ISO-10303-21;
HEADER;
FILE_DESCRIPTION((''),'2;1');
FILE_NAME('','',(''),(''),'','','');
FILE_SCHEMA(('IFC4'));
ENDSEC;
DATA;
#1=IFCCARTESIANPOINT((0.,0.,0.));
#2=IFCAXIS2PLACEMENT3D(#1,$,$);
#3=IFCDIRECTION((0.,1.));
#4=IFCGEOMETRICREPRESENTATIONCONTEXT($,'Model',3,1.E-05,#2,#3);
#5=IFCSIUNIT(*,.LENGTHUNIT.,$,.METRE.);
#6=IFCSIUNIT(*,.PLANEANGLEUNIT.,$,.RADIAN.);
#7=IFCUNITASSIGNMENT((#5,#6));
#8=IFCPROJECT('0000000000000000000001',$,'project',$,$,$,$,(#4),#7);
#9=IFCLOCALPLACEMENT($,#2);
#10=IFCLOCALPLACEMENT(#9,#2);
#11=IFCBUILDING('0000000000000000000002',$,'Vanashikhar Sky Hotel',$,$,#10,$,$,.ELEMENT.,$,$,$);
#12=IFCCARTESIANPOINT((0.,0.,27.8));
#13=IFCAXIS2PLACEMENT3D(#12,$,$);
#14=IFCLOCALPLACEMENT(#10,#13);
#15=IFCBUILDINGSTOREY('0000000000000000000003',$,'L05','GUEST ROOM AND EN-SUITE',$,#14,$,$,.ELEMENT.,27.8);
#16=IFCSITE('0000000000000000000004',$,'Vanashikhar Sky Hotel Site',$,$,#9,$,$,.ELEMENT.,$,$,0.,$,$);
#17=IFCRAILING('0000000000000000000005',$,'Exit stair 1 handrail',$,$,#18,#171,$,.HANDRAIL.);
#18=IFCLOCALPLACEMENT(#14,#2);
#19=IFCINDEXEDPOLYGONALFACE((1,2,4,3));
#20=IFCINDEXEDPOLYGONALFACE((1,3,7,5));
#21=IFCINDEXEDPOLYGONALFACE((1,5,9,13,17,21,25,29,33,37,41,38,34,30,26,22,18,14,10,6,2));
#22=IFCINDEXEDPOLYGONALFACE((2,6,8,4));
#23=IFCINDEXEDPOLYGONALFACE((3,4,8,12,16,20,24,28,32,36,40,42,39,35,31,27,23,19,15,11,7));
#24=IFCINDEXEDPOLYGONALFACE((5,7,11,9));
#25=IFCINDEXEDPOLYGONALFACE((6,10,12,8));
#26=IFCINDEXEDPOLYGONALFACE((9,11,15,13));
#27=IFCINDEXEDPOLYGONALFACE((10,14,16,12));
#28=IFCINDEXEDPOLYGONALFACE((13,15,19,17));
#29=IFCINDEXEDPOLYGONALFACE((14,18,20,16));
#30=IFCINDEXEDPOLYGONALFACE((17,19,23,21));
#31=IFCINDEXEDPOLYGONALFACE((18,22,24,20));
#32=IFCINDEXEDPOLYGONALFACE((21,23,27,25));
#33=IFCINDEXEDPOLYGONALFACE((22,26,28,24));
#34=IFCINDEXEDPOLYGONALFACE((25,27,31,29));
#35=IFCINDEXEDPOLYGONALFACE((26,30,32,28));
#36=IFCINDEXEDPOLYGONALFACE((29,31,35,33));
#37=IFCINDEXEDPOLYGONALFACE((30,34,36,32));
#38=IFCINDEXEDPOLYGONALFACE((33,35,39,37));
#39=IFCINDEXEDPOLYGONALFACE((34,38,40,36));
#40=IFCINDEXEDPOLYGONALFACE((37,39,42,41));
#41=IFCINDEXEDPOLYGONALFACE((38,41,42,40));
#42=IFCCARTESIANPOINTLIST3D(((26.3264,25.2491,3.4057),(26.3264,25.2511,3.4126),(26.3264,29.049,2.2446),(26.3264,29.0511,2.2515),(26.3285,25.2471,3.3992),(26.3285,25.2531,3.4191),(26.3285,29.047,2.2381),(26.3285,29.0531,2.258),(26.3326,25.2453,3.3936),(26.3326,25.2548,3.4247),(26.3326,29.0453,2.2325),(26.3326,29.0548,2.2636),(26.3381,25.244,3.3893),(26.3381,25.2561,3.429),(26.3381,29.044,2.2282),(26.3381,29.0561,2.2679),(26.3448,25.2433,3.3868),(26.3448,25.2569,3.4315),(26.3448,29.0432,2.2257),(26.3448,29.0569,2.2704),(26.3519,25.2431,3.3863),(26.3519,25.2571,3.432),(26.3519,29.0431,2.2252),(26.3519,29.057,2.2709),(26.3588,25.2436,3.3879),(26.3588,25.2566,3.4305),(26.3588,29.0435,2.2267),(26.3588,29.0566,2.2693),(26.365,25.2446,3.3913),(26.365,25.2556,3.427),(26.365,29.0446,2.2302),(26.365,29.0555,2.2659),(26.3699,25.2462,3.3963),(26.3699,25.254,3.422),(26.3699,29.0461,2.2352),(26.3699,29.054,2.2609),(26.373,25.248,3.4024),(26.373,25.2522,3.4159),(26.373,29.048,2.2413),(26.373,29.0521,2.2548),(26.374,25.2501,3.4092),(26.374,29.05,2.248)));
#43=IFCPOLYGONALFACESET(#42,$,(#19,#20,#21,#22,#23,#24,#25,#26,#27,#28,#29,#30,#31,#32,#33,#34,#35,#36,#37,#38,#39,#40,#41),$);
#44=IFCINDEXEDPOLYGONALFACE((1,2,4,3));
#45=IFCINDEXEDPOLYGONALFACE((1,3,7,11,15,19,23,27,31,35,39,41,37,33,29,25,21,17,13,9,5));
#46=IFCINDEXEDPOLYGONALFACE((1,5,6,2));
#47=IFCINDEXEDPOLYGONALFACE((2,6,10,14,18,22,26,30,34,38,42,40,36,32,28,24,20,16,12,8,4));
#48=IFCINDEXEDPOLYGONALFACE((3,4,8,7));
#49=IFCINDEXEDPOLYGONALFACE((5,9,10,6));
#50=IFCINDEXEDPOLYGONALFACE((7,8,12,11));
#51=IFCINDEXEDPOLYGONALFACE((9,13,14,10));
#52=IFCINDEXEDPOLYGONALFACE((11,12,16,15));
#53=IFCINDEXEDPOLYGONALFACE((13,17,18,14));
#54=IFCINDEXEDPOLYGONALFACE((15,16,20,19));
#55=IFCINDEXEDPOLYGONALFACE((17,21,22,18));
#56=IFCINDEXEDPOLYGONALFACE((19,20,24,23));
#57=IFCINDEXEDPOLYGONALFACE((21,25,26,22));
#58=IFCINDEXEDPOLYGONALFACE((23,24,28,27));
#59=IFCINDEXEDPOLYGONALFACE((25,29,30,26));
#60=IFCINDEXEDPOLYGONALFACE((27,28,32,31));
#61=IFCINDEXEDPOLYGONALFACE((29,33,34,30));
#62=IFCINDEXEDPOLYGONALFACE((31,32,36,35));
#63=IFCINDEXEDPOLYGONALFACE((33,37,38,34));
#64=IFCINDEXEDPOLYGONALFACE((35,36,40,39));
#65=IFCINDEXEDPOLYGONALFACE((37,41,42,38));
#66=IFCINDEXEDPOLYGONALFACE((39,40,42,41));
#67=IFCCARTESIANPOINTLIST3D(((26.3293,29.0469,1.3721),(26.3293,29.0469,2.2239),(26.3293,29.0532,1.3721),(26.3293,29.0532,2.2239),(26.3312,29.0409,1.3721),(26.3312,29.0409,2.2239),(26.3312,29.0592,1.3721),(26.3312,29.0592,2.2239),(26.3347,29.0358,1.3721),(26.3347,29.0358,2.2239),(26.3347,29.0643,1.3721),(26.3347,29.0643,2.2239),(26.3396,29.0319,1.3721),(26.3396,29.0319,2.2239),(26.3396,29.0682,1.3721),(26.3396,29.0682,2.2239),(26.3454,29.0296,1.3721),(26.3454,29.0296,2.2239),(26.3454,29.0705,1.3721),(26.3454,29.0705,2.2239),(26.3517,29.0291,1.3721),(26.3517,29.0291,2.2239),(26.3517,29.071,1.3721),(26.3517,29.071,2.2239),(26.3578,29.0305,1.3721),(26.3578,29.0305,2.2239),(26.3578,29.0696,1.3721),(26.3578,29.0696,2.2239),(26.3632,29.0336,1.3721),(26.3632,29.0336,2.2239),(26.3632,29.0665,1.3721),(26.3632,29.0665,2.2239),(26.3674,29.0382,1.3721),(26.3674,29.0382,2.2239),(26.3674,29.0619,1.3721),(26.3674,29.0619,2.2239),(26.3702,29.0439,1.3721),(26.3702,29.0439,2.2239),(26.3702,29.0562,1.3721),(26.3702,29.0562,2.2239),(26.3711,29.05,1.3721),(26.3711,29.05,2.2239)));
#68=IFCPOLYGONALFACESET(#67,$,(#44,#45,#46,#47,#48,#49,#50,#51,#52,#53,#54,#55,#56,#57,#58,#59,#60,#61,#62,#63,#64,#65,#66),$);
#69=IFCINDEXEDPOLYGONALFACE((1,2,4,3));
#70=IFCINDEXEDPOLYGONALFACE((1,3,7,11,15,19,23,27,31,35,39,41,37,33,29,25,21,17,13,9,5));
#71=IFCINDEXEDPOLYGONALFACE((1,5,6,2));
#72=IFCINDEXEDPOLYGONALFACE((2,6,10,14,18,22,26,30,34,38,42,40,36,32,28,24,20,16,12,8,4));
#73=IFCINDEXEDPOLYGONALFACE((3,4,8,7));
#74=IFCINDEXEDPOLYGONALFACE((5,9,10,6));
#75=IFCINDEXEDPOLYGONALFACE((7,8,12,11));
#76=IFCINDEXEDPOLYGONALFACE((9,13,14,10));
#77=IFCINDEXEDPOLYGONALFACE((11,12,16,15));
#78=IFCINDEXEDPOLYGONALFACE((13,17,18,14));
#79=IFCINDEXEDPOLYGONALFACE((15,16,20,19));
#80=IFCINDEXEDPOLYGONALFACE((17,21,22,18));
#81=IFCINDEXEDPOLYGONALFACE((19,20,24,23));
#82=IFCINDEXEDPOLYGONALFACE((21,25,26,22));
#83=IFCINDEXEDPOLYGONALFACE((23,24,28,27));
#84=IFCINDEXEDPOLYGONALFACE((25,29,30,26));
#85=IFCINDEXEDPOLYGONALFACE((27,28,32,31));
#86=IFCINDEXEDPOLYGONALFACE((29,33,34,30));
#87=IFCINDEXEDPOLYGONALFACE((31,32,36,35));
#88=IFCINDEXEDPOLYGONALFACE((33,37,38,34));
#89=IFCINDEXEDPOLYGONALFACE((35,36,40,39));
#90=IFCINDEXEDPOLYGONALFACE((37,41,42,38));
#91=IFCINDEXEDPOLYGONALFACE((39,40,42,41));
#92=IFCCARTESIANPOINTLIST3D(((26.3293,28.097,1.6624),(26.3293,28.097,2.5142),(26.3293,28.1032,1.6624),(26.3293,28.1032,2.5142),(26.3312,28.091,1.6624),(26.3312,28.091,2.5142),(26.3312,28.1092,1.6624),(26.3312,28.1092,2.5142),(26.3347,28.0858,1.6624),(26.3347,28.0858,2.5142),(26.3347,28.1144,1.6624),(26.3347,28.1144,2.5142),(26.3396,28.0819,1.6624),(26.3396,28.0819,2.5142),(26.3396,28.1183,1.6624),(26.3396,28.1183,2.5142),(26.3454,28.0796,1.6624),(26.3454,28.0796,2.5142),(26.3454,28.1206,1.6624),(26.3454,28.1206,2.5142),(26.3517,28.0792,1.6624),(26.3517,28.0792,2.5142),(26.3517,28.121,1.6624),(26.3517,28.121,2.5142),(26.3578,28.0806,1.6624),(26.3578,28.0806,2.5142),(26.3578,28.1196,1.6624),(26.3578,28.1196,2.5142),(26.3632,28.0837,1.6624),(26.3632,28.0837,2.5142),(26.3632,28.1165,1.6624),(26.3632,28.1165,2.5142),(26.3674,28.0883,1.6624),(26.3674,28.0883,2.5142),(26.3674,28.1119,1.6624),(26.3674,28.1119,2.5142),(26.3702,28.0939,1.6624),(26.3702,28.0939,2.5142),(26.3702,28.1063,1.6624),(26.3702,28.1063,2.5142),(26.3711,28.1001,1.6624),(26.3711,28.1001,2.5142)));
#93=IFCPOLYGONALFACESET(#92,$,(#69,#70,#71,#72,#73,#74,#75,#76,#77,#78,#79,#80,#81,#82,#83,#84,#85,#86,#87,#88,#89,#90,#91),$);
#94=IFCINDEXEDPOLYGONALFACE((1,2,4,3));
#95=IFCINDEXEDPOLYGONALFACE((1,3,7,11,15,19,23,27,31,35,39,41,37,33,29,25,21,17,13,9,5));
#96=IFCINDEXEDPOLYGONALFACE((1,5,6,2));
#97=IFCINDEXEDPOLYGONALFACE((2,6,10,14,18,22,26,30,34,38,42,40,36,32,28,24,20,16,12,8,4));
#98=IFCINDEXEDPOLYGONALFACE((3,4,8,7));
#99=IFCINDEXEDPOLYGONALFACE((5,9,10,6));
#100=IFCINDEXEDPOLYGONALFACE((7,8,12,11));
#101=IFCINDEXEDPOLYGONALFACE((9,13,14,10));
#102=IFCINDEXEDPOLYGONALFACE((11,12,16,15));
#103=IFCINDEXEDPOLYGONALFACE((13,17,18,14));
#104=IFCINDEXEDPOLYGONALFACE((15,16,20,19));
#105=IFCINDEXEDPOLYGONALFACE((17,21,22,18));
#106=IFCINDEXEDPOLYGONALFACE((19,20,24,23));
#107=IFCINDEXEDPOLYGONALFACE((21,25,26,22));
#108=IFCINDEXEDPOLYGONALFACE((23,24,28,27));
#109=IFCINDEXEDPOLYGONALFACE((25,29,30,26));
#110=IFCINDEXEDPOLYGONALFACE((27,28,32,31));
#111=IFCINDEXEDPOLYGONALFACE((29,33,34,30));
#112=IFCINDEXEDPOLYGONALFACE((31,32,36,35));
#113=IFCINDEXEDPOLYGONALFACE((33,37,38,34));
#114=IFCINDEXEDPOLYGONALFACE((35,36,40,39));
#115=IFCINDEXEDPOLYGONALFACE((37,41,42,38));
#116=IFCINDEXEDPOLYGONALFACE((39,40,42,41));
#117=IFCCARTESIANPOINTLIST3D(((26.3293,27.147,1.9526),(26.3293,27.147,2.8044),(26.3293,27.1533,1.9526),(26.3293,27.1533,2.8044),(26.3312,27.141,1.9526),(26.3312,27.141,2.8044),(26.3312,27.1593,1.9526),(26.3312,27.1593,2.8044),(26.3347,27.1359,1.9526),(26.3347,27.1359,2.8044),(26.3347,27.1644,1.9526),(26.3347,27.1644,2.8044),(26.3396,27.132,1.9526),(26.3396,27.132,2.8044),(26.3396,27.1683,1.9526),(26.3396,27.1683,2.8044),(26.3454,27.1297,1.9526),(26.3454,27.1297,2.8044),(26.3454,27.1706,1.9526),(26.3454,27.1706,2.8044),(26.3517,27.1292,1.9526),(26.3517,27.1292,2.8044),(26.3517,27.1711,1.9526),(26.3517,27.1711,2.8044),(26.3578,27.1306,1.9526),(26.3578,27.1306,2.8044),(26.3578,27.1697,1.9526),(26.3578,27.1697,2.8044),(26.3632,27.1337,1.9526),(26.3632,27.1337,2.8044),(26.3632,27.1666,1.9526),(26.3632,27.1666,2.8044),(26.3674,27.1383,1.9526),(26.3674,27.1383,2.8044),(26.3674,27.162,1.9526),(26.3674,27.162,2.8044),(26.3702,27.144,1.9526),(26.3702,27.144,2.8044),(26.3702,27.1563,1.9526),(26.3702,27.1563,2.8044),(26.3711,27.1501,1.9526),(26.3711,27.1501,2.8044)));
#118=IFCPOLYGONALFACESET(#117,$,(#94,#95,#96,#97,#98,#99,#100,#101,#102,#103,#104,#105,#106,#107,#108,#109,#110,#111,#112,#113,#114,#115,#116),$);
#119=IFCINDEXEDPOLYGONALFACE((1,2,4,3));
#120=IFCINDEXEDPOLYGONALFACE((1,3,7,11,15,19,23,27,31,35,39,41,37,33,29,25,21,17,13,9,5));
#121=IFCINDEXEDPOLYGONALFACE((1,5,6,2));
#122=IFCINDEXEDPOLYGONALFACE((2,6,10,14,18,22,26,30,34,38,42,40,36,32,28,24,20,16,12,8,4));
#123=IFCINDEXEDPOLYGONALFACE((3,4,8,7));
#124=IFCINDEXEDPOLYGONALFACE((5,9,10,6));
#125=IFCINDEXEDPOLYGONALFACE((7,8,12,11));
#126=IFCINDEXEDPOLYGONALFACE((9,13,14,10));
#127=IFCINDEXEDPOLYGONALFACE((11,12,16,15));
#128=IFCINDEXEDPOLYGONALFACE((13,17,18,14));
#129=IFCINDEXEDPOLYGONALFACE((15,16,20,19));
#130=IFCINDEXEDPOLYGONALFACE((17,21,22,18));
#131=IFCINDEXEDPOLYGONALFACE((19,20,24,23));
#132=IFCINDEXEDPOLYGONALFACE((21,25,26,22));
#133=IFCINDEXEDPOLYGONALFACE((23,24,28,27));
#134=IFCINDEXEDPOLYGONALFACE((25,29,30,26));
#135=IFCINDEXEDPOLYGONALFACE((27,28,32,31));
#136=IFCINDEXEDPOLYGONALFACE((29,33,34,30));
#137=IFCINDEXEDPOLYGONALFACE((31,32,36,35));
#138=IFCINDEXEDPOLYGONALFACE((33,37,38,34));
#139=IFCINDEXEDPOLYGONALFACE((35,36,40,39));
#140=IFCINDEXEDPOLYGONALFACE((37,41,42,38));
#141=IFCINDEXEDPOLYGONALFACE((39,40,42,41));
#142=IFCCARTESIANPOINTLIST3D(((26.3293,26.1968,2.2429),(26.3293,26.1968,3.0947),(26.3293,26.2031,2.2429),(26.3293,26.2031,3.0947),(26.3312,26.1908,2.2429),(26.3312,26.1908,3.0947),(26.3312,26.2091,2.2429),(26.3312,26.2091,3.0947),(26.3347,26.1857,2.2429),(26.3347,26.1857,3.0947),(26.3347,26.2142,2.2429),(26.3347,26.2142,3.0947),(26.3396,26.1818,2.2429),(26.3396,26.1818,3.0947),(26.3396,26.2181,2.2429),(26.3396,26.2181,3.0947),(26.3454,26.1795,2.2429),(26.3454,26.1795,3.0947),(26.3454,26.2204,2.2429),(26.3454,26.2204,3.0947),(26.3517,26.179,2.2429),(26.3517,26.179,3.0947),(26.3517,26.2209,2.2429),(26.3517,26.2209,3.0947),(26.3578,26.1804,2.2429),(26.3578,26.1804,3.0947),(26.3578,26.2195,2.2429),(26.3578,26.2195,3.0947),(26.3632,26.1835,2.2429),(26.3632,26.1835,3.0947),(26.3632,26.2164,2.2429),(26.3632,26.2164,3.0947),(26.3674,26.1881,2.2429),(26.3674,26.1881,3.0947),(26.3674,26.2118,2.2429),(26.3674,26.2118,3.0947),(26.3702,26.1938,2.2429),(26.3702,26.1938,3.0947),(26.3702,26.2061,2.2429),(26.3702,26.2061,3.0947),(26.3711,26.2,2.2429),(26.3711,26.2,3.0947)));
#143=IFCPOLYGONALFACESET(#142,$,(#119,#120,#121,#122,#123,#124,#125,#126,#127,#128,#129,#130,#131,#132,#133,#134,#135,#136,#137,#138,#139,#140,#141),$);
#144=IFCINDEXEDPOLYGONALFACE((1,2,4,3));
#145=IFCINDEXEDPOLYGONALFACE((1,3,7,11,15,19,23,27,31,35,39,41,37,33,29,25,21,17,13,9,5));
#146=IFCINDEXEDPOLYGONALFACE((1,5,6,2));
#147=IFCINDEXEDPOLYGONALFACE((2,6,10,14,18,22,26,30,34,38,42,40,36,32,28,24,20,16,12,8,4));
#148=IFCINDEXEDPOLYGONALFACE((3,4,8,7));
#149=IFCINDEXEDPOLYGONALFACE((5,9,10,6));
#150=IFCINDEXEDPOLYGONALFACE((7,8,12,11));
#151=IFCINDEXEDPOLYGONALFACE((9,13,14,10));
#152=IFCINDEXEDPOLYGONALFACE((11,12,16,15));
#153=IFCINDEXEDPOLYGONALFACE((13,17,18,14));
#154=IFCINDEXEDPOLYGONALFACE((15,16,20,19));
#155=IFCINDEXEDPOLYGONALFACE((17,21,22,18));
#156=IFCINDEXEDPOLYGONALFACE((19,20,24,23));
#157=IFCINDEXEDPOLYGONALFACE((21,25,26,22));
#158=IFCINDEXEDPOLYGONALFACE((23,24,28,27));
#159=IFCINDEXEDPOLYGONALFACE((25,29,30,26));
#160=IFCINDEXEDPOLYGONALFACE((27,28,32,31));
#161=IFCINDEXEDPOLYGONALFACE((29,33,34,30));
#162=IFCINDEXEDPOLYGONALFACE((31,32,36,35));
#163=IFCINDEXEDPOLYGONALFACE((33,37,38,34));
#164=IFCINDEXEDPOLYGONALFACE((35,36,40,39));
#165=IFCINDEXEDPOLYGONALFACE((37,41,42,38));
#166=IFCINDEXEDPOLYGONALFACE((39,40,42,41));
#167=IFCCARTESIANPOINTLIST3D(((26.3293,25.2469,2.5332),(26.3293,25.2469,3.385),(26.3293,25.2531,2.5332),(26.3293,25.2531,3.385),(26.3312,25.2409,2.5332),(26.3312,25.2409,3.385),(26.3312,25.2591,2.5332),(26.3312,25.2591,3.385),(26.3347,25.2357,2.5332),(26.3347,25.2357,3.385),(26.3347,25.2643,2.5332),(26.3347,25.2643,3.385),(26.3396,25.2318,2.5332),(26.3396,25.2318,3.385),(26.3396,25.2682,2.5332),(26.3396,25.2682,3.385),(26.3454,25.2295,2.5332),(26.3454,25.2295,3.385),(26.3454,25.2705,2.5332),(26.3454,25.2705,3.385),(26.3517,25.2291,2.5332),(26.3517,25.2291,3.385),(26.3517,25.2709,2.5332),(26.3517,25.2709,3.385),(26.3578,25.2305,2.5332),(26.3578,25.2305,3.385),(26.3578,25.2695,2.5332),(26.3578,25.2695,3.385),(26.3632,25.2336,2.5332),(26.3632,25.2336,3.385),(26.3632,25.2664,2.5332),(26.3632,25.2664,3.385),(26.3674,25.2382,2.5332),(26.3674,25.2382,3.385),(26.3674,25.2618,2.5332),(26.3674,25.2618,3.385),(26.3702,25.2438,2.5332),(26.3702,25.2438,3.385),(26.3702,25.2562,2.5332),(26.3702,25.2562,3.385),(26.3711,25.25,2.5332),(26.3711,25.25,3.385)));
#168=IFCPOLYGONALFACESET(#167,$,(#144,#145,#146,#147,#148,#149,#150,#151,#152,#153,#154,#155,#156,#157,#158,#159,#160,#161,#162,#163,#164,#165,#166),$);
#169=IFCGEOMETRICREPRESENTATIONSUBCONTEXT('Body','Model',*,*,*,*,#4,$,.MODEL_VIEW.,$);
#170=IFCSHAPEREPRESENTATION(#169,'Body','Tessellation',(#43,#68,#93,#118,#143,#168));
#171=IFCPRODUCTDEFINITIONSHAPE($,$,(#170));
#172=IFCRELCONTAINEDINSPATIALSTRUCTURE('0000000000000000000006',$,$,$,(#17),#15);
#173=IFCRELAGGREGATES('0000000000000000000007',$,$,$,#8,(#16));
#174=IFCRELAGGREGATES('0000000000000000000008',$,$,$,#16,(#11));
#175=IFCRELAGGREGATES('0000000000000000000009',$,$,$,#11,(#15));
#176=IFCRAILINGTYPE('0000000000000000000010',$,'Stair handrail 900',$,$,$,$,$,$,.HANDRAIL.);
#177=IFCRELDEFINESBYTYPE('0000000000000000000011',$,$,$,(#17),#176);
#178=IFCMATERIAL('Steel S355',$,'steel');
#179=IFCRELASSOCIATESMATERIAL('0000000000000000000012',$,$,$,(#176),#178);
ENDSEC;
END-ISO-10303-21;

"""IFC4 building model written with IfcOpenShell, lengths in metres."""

from ifc_helpers import new_model, si_unit, direction, frame, origin, origin_2d, place, context, subcontext, project, spatial, circle, extrude, source, transform, mapped, material, type_object, element, save


model = new_model("IFC4")

# Units and contexts
model_context = context("Model", 3, precision=1e-05, world=origin(), true_north=direction((0.0, 1.0)))
body_context = subcontext(model_context, "Body", "Model", "MODEL_VIEW")
ifc_project = project(units=[si_unit("LENGTHUNIT", "METRE"), si_unit("PLANEANGLEUNIT", "RADIAN")], contexts=[model_context])

# Site, building, storey
site_placement = place(None, origin())
site = spatial("IfcSite", under=ifc_project, at=site_placement, Name="Vanashikhar Sky Hotel Site", CompositionType="ELEMENT", RefElevation=0.0)
building_placement = place(site_placement, origin())
building = spatial("IfcBuilding", under=site, at=building_placement, Name="Vanashikhar Sky Hotel", CompositionType="ELEMENT")
storey_placement = place(building_placement, frame((0.0, 0.0, 27.8)))
storey = spatial("IfcBuildingStorey", under=building, at=storey_placement, Name="L05", Description="GUEST ROOM AND EN-SUITE", CompositionType="ELEMENT", Elevation=27.8)

# Railing
ifc_material_1 = material(Name="Steel S355", Category="steel")
railing_type = type_object("IfcRailingType", Name="Stair handrail 900", PredefinedType="HANDRAIL", material=ifc_material_1)
shared_shape_1 = source(origin(), body_context, "Body", "SweptSolid", [
    extrude(circle(Radius=0.0239, at=origin_2d()), frame((0.0, 0.0, 0.876), z_axis=(0.0, -0.956351, 0.29222), x_axis=(1.0, 0.0, 0.0)), (0.0, 0.0, 1.0), 3.9734),
    extrude(circle(Radius=0.021, at=origin_2d()), origin(), (0.0, 0.0, 1.0), 0.8518),
    extrude(circle(Radius=0.021, at=origin_2d()), frame((0.0, -0.95, 0.2903)), (0.0, 0.0, 1.0), 0.8518),
    extrude(circle(Radius=0.021, at=origin_2d()), frame((0.0, -1.8999, 0.5806)), (0.0, 0.0, 1.0), 0.8518),
    extrude(circle(Radius=0.021, at=origin_2d()), frame((0.0, -2.8501, 0.8708)), (0.0, 0.0, 1.0), 0.8518),
    extrude(circle(Radius=0.021, at=origin_2d()), frame((0.0, -3.8, 1.1611)), (0.0, 0.0, 1.0), 0.8518),
])
railing_placement = place(storey_placement, frame((26.3501, 29.05, 1.3721)))
element("IfcRailing", 1, at=railing_placement, inside=storey, type_object=railing_type, Name="Exit stair 1 handrail", PredefinedType="HANDRAIL", context=body_context, shape_type="MappedRepresentation", body=[
    mapped(shared_shape_1, transform((0.0, 0.0, 0.0), scale=1.0)),
])

save(model, "model.ifc")
